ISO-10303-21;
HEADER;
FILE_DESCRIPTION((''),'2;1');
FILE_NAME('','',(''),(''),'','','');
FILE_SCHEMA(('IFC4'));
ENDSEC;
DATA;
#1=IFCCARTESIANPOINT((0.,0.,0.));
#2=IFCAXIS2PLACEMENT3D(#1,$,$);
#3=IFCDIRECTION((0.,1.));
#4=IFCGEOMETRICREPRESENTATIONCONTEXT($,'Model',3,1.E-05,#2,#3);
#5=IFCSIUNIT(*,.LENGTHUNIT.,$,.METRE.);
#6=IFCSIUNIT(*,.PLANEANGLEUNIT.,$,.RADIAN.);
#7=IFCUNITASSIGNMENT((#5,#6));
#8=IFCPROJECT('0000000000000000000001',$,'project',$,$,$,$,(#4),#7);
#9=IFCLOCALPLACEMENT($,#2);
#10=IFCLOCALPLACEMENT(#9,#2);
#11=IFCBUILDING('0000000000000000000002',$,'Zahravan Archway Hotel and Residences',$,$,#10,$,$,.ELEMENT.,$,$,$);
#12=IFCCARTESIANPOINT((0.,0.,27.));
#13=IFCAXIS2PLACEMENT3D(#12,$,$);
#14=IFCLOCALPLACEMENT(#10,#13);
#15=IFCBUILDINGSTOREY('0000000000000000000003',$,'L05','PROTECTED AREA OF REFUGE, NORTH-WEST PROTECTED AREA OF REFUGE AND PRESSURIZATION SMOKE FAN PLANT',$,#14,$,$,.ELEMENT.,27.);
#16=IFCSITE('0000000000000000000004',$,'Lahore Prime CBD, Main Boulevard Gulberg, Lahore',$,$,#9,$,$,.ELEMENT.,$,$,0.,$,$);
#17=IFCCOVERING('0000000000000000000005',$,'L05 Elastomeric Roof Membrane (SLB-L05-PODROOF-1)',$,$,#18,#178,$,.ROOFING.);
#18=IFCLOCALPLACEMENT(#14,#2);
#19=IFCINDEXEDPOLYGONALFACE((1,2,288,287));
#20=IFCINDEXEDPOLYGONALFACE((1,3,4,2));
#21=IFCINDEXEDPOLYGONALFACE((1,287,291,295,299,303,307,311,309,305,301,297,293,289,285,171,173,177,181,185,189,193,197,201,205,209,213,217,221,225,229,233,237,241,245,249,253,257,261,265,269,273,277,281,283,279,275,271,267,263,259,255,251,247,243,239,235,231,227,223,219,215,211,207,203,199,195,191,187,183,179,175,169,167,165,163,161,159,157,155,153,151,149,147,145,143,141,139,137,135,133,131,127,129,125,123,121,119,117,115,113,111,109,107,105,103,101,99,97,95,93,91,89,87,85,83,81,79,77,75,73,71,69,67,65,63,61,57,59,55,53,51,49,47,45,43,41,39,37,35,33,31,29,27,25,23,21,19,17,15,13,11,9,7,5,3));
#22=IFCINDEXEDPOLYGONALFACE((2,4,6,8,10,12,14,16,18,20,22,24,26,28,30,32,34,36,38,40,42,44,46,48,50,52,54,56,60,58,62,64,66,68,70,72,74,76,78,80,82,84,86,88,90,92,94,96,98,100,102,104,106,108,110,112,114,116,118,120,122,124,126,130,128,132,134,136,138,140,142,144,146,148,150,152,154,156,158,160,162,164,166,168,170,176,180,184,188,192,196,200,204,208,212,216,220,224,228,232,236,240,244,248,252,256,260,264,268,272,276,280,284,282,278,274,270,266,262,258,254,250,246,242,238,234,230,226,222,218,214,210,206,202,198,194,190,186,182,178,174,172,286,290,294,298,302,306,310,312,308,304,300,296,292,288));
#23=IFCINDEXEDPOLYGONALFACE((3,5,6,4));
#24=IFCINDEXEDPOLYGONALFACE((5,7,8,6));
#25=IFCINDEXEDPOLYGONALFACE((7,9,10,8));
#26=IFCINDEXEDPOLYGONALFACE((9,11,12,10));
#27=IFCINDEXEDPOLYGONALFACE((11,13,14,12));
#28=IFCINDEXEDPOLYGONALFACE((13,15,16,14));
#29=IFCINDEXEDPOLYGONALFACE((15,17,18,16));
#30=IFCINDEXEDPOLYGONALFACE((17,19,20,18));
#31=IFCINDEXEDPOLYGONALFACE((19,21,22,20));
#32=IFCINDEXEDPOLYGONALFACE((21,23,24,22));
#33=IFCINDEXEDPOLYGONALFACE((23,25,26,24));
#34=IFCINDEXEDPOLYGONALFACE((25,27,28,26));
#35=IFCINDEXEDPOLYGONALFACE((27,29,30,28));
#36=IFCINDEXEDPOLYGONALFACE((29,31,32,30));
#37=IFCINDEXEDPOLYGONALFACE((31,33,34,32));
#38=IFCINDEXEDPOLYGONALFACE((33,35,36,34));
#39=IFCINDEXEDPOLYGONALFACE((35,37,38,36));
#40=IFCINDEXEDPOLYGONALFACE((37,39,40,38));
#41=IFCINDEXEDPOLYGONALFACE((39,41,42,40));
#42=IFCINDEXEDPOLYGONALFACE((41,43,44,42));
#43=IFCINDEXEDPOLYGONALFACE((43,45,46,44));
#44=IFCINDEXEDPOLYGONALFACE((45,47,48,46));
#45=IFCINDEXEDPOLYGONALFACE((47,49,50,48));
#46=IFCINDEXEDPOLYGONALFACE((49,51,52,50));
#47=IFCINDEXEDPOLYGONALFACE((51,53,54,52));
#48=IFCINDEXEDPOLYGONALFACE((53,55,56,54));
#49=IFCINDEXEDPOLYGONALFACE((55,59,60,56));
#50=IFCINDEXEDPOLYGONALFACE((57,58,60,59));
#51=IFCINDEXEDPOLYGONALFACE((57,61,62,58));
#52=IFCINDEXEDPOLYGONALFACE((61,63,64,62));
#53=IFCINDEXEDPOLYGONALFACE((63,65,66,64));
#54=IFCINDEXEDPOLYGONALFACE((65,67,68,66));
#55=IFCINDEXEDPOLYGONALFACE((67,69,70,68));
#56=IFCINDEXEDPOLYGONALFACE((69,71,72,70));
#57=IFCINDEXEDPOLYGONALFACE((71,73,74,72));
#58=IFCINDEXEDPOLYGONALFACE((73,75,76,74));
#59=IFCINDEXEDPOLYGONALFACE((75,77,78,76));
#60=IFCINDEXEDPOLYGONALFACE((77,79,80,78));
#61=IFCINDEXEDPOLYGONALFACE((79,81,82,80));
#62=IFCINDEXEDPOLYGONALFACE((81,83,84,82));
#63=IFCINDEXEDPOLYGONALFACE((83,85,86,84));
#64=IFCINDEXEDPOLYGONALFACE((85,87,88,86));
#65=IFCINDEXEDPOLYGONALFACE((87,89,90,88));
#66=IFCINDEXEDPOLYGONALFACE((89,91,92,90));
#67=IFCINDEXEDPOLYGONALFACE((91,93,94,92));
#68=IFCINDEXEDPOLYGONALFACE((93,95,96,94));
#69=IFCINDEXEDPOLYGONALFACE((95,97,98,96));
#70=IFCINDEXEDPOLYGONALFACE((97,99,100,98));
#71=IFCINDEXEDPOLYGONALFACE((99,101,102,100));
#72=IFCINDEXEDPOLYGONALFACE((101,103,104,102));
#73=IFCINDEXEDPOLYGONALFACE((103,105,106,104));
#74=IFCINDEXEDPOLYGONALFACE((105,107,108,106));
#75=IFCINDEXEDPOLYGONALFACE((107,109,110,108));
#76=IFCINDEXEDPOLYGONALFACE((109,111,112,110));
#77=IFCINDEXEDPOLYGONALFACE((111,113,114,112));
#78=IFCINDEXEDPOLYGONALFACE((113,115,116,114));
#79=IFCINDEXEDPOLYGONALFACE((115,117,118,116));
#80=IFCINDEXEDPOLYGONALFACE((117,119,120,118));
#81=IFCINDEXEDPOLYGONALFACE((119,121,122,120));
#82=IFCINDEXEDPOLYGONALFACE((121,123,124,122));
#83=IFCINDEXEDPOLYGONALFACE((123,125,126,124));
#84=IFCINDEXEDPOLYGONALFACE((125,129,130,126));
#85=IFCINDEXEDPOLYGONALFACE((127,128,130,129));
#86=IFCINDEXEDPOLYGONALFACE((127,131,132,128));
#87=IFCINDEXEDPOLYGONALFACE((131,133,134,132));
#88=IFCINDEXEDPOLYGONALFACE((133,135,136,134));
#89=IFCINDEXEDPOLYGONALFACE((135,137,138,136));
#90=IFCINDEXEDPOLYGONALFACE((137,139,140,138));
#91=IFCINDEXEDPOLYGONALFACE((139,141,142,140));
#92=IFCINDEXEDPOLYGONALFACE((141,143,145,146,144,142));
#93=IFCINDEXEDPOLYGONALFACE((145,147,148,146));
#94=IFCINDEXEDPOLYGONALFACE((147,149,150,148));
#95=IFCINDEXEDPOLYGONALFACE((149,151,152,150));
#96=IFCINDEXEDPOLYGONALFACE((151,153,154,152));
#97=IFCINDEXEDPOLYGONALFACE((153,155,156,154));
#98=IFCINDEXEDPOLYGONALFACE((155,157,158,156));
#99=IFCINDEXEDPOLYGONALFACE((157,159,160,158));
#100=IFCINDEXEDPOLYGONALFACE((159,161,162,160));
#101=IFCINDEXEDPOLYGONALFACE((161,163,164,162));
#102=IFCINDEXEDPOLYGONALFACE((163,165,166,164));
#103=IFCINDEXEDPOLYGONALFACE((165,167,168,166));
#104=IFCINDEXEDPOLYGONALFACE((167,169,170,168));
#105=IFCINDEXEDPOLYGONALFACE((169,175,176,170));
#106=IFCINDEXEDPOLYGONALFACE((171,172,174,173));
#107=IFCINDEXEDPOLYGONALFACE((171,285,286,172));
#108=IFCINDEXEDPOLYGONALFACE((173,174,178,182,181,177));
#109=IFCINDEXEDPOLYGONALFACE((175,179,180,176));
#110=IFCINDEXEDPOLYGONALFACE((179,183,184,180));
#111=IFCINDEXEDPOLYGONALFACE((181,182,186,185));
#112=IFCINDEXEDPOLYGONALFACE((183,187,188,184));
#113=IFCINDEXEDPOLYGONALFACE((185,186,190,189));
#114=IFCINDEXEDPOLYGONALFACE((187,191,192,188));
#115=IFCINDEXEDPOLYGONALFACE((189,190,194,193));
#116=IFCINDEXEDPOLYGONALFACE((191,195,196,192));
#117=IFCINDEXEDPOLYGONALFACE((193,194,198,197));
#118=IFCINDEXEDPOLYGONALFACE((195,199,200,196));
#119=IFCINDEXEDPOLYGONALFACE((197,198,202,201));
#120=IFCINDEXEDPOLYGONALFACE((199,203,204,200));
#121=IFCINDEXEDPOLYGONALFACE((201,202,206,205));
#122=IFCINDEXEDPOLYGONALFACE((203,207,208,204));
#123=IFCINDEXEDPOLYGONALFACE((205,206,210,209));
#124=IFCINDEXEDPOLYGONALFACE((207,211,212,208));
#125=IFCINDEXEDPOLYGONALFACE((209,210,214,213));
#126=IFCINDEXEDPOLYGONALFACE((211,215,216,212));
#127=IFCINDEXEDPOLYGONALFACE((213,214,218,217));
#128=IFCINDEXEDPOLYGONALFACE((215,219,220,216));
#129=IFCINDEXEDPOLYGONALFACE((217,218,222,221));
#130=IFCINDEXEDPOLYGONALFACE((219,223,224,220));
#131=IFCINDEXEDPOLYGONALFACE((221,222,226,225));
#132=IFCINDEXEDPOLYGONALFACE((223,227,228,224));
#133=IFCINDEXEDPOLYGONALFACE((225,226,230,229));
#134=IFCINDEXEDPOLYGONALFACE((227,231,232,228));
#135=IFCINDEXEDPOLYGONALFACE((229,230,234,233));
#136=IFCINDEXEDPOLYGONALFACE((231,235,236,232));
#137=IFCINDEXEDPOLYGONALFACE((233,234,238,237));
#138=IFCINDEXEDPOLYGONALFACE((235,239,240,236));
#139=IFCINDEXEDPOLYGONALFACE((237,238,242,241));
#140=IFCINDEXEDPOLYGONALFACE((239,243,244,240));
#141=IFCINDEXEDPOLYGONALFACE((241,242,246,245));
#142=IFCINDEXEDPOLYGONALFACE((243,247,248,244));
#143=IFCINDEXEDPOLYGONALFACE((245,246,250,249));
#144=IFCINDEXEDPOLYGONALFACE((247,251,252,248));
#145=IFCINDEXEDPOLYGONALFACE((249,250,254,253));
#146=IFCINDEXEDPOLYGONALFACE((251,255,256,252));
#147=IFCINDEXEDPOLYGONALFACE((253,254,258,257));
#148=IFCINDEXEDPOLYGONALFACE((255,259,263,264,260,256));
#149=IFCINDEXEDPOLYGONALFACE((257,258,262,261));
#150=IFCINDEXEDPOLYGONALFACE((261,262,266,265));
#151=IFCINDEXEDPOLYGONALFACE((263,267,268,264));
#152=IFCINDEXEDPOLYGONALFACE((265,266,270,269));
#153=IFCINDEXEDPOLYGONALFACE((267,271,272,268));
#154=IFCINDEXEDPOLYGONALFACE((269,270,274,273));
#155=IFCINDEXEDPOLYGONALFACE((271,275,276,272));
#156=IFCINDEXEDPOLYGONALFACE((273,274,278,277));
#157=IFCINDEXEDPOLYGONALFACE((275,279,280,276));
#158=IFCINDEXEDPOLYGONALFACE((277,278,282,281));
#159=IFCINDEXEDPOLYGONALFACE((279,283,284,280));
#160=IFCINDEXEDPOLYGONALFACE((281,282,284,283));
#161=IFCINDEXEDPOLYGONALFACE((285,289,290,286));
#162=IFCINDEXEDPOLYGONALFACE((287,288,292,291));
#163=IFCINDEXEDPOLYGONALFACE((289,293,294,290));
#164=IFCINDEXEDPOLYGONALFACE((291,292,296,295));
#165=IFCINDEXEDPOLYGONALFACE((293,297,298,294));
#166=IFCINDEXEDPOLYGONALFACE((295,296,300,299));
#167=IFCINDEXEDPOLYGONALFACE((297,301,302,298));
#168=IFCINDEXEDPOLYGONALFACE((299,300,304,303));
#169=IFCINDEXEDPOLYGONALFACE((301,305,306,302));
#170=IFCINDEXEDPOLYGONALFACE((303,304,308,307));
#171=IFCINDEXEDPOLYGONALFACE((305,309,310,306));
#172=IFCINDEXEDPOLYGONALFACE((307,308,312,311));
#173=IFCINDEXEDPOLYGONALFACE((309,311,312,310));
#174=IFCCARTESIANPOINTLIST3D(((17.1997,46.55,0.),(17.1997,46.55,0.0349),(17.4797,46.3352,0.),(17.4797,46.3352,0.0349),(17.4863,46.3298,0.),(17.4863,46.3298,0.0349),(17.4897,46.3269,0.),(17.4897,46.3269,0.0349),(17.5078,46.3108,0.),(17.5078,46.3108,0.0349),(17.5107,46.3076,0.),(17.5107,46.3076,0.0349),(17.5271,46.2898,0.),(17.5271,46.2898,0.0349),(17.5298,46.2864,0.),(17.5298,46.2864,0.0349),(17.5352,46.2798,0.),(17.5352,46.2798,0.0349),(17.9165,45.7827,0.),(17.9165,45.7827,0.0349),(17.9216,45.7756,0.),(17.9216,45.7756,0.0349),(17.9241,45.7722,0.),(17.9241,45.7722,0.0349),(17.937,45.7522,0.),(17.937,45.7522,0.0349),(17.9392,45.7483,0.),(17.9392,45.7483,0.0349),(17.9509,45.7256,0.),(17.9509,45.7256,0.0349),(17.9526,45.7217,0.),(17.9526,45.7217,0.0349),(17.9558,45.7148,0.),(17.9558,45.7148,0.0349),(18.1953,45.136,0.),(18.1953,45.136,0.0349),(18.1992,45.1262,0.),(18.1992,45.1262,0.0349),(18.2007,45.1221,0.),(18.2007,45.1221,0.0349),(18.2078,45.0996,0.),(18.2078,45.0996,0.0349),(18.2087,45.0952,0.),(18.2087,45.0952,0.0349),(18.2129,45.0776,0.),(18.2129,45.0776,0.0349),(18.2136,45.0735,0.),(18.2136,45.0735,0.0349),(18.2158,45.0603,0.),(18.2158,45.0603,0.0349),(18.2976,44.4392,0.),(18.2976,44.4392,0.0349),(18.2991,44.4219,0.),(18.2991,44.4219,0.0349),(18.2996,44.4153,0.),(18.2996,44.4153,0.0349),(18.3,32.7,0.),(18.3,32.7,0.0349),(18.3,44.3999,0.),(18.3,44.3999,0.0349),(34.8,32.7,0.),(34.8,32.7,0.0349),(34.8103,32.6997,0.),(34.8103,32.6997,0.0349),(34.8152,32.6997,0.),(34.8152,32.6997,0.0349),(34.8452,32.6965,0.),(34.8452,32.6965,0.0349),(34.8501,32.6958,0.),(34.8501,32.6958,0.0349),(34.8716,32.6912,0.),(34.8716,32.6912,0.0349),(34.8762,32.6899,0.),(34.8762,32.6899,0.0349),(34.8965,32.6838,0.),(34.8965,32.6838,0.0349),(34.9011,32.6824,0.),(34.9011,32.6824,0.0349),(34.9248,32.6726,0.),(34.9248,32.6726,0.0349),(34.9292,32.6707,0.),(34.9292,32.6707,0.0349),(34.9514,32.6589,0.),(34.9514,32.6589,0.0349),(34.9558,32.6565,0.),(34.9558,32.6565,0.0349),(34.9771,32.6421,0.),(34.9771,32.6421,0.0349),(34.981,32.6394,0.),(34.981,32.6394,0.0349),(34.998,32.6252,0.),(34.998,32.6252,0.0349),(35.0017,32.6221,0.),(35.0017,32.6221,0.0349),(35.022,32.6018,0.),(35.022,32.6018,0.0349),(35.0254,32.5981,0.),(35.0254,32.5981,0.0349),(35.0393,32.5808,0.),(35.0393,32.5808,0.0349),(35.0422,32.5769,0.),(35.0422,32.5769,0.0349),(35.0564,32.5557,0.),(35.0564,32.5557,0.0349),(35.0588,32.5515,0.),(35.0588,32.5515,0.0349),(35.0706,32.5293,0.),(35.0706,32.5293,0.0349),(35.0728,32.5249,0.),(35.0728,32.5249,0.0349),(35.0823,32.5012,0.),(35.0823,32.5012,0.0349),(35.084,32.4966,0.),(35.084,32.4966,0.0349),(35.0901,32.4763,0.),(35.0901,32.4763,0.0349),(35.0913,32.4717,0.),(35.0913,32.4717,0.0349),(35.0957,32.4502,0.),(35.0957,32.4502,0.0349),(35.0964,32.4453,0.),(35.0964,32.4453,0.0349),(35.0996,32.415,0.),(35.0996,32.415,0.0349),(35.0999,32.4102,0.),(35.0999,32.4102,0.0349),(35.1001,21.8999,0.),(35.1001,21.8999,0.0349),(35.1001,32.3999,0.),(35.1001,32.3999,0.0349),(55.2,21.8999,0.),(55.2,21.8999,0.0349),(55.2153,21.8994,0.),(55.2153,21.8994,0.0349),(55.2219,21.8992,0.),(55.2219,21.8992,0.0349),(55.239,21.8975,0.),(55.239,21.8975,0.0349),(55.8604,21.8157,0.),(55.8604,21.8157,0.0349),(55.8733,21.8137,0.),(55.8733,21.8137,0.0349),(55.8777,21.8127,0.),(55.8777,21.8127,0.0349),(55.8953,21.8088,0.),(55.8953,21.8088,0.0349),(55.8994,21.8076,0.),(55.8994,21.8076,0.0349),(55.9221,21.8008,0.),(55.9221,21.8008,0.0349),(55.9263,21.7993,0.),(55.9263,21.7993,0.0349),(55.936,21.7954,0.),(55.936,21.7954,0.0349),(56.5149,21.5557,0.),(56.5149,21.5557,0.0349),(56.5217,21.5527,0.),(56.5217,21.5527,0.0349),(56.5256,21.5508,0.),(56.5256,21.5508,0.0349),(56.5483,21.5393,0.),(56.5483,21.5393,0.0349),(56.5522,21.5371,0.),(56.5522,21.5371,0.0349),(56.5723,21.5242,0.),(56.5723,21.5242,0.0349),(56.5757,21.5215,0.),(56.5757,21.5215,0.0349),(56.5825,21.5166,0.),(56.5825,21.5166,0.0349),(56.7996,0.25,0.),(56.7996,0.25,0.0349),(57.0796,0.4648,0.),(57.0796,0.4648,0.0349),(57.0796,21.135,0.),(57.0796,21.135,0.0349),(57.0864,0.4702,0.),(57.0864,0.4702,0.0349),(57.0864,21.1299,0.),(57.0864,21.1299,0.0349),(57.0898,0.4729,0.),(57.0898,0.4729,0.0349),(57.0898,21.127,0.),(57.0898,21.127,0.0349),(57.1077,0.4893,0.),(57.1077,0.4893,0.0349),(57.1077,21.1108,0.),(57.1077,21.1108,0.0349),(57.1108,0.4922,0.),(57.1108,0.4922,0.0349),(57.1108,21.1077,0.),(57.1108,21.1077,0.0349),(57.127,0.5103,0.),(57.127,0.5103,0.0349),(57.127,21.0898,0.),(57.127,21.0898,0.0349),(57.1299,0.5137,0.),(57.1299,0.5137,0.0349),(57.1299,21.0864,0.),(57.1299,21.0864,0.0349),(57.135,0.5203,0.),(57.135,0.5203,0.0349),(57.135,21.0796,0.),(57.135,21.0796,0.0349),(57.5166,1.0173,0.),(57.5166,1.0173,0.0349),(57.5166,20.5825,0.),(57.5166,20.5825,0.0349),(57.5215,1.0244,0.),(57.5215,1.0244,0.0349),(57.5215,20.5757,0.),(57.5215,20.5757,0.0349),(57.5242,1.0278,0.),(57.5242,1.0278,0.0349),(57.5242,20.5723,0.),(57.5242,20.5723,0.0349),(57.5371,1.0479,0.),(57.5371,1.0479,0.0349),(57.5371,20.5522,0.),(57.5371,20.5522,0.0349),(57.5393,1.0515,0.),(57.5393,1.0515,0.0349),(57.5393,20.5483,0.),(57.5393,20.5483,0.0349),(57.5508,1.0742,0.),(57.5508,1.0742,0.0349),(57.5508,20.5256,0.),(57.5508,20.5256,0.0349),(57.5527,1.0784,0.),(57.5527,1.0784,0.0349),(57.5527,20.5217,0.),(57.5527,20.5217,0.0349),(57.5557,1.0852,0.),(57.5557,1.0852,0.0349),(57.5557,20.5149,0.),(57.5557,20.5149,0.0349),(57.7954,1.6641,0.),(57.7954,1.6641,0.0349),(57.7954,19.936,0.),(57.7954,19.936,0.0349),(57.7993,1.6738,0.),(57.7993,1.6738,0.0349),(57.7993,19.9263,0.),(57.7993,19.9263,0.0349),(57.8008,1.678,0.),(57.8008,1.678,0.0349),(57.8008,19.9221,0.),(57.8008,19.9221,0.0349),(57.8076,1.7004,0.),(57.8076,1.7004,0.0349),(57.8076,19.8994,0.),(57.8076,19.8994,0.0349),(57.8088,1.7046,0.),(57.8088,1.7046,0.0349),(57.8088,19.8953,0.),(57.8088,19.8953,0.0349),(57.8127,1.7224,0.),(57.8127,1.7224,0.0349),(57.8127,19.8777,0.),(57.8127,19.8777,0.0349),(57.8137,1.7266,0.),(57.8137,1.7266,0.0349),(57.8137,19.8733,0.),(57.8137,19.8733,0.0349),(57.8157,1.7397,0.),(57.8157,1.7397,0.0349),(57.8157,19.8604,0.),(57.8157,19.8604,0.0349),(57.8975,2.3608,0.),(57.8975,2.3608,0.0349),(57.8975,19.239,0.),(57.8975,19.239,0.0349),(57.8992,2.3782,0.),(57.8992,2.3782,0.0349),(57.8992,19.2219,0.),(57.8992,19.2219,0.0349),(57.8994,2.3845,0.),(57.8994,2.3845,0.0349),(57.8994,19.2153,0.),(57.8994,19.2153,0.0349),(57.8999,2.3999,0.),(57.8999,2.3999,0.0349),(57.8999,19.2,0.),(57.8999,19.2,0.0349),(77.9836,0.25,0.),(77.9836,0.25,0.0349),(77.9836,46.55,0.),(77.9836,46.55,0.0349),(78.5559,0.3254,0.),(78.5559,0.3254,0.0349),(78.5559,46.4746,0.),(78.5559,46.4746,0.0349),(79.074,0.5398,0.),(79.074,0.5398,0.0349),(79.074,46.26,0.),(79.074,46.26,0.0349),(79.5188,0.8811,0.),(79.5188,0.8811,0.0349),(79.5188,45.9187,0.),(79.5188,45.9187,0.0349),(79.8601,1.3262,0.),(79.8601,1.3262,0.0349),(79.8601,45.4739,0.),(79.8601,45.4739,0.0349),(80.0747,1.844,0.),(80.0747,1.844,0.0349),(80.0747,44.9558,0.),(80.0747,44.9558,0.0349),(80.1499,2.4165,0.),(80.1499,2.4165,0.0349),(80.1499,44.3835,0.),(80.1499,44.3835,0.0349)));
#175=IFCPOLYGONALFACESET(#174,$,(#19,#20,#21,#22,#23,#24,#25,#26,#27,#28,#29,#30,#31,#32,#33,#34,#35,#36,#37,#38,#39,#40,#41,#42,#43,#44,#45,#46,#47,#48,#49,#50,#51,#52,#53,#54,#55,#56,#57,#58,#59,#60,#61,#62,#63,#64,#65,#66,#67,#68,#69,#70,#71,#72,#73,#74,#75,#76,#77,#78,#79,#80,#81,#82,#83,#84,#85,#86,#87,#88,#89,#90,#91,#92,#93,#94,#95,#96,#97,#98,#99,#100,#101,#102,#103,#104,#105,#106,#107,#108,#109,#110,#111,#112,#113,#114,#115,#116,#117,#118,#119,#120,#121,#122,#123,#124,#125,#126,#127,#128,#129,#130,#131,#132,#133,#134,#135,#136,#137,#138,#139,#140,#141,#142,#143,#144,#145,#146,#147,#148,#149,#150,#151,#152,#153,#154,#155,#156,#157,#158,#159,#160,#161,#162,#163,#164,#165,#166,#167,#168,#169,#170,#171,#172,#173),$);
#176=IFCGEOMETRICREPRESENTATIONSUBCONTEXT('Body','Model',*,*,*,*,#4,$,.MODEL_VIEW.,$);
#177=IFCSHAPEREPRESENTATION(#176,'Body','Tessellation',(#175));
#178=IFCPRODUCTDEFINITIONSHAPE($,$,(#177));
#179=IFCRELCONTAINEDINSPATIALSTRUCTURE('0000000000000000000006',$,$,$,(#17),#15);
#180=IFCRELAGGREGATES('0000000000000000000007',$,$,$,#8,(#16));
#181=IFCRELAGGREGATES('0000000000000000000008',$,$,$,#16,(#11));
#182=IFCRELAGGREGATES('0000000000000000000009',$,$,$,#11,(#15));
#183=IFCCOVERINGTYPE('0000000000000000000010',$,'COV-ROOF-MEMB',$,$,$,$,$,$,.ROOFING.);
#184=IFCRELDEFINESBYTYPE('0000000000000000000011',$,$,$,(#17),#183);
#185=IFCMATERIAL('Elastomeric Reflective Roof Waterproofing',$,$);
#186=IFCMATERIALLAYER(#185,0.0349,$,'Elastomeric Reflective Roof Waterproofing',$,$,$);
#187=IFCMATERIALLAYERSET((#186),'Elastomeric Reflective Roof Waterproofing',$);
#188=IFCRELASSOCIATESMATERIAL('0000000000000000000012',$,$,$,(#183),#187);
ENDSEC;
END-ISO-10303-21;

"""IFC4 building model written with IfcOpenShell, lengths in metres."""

from ifc_helpers import new_model, si_unit, direction, frame, origin, place, context, subcontext, project, spatial, polyline, outline, extrude, material, layer, layer_set, type_object, element, save


model = new_model("IFC4")

# Units and contexts
model_context = context("Model", 3, precision=1e-05, world=origin(), true_north=direction((0.0, 1.0)))
body_context = subcontext(model_context, "Body", "Model", "MODEL_VIEW")
ifc_project = project(units=[si_unit("LENGTHUNIT", "METRE"), si_unit("PLANEANGLEUNIT", "RADIAN")], contexts=[model_context])

# Site, building, storey
site_placement = place(None, origin())
site = spatial("IfcSite", under=ifc_project, at=site_placement, Name="Lahore Prime CBD, Main Boulevard Gulberg, Lahore", CompositionType="ELEMENT", RefElevation=0.0)
building_placement = place(site_placement, origin())
building = spatial("IfcBuilding", under=site, at=building_placement, Name="Zahravan Archway Hotel and Residences", CompositionType="ELEMENT")
storey_placement = place(building_placement, frame((0.0, 0.0, 27.0)))
storey = spatial("IfcBuildingStorey", under=building, at=storey_placement, Name="L05", Description="PROTECTED AREA OF REFUGE, NORTH-WEST PROTECTED AREA OF REFUGE AND PRESSURIZATION SMOKE FAN PLANT", CompositionType="ELEMENT", Elevation=27.0)

# Covering
ifc_material_1 = material(Name="Elastomeric Reflective Roof Waterproofing")
ifc_layer_1 = layer(ifc_material_1, 0.0349, Name="Elastomeric Reflective Roof Waterproofing")
ifc_layer_set_1 = layer_set([ifc_layer_1], Name="Elastomeric Reflective Roof Waterproofing")
covering_type = type_object("IfcCoveringType", Name="COV-ROOF-MEMB", PredefinedType="ROOFING", material=ifc_layer_set_1)
covering_1_placement = place(storey_placement, origin())
element("IfcCovering", 1, at=covering_1_placement, inside=storey, type_object=covering_type, Name="L05 Elastomeric Roof Membrane (SLB-L05-PODROOF-1)", PredefinedType="ROOFING", context=body_context, shape_type="SweptSolid", body=[
    extrude(outline(polyline([(17.1997, 46.55), (77.9836, 46.55), (78.5559, 46.4746), (79.074, 46.26), (79.5188, 45.9187), (79.8601, 45.4739), (80.0747, 44.9558), (80.1499, 44.3835), (80.1499, 2.4165), (80.0747, 1.844), (79.8601, 1.3262), (79.5188, 0.8811), (79.074, 0.5398), (78.5559, 0.3254), (77.9836, 0.25), (56.7996, 0.25), (57.0796, 0.4648), (57.0864, 0.4702), (57.0898, 0.4729), (57.1077, 0.4893), (57.1108, 0.4922), (57.127, 0.5103), (57.1299, 0.5137), (57.135, 0.5203), (57.5166, 1.0173), (57.5215, 1.0244), (57.5242, 1.0278), (57.5371, 1.0479), (57.5393, 1.0515), (57.5508, 1.0742), (57.5527, 1.0784), (57.5557, 1.0852), (57.7954, 1.6641), (57.7993, 1.6738), (57.8008, 1.678), (57.8076, 1.7004), (57.8088, 1.7046), (57.8127, 1.7224), (57.8137, 1.7266), (57.8157, 1.7397), (57.8975, 2.3608), (57.8992, 2.3782), (57.8994, 2.3845), (57.8999, 2.3999), (57.8999, 19.2), (57.8994, 19.2153), (57.8992, 19.2219), (57.8975, 19.239), (57.8157, 19.8604), (57.8137, 19.8733), (57.8127, 19.8777), (57.8088, 19.8953), (57.8076, 19.8994), (57.8008, 19.9221), (57.7993, 19.9263), (57.7954, 19.936), (57.5557, 20.5149), (57.5527, 20.5217), (57.5508, 20.5256), (57.5393, 20.5483), (57.5371, 20.5522), (57.5242, 20.5723), (57.5215, 20.5757), (57.5166, 20.5825), (57.135, 21.0796), (57.1299, 21.0864), (57.127, 21.0898), (57.1108, 21.1077), (57.1077, 21.1108), (57.0898, 21.127), (57.0864, 21.1299), (57.0796, 21.135), (56.5825, 21.5166), (56.5757, 21.5215), (56.5723, 21.5242), (56.5522, 21.5371), (56.5483, 21.5393), (56.5256, 21.5508), (56.5217, 21.5527), (56.5149, 21.5557), (55.936, 21.7954), (55.9263, 21.7993), (55.9221, 21.8008), (55.8994, 21.8076), (55.8953, 21.8088), (55.8777, 21.8127), (55.8733, 21.8137), (55.8604, 21.8157), (55.239, 21.8975), (55.2219, 21.8992), (55.2153, 21.8994), (55.2, 21.8999), (35.1001, 21.8999), (35.1001, 32.3999), (35.0999, 32.4102), (35.0996, 32.415), (35.0964, 32.4453), (35.0957, 32.4502), (35.0913, 32.4717), (35.0901, 32.4763), (35.084, 32.4966), (35.0823, 32.5012), (35.0728, 32.5249), (35.0706, 32.5293), (35.0588, 32.5515), (35.0564, 32.5557), (35.0422, 32.5769), (35.0393, 32.5808), (35.0254, 32.5981), (35.022, 32.6018), (35.0017, 32.6221), (34.998, 32.6252), (34.981, 32.6394), (34.9771, 32.6421), (34.9558, 32.6565), (34.9514, 32.6589), (34.9292, 32.6707), (34.9248, 32.6726), (34.9011, 32.6824), (34.8965, 32.6838), (34.8762, 32.6899), (34.8716, 32.6912), (34.8501, 32.6958), (34.8452, 32.6965), (34.8152, 32.6997), (34.8103, 32.6997), (34.8, 32.7), (18.3, 32.7), (18.3, 44.3999), (18.2996, 44.4153), (18.2991, 44.4219), (18.2976, 44.4392), (18.2158, 45.0603), (18.2136, 45.0735), (18.2129, 45.0776), (18.2087, 45.0952), (18.2078, 45.0996), (18.2007, 45.1221), (18.1992, 45.1262), (18.1953, 45.136), (17.9558, 45.7148), (17.9526, 45.7217), (17.9509, 45.7256), (17.9392, 45.7483), (17.937, 45.7522), (17.9241, 45.7722), (17.9216, 45.7756), (17.9165, 45.7827), (17.5352, 46.2798), (17.5298, 46.2864), (17.5271, 46.2898), (17.5107, 46.3076), (17.5078, 46.3108), (17.4897, 46.3269), (17.4863, 46.3298), (17.4797, 46.3352), (17.1997, 46.55)])), origin(), (0.0, 0.0, 1.0), 0.0349),
])

save(model, "model.ifc")
